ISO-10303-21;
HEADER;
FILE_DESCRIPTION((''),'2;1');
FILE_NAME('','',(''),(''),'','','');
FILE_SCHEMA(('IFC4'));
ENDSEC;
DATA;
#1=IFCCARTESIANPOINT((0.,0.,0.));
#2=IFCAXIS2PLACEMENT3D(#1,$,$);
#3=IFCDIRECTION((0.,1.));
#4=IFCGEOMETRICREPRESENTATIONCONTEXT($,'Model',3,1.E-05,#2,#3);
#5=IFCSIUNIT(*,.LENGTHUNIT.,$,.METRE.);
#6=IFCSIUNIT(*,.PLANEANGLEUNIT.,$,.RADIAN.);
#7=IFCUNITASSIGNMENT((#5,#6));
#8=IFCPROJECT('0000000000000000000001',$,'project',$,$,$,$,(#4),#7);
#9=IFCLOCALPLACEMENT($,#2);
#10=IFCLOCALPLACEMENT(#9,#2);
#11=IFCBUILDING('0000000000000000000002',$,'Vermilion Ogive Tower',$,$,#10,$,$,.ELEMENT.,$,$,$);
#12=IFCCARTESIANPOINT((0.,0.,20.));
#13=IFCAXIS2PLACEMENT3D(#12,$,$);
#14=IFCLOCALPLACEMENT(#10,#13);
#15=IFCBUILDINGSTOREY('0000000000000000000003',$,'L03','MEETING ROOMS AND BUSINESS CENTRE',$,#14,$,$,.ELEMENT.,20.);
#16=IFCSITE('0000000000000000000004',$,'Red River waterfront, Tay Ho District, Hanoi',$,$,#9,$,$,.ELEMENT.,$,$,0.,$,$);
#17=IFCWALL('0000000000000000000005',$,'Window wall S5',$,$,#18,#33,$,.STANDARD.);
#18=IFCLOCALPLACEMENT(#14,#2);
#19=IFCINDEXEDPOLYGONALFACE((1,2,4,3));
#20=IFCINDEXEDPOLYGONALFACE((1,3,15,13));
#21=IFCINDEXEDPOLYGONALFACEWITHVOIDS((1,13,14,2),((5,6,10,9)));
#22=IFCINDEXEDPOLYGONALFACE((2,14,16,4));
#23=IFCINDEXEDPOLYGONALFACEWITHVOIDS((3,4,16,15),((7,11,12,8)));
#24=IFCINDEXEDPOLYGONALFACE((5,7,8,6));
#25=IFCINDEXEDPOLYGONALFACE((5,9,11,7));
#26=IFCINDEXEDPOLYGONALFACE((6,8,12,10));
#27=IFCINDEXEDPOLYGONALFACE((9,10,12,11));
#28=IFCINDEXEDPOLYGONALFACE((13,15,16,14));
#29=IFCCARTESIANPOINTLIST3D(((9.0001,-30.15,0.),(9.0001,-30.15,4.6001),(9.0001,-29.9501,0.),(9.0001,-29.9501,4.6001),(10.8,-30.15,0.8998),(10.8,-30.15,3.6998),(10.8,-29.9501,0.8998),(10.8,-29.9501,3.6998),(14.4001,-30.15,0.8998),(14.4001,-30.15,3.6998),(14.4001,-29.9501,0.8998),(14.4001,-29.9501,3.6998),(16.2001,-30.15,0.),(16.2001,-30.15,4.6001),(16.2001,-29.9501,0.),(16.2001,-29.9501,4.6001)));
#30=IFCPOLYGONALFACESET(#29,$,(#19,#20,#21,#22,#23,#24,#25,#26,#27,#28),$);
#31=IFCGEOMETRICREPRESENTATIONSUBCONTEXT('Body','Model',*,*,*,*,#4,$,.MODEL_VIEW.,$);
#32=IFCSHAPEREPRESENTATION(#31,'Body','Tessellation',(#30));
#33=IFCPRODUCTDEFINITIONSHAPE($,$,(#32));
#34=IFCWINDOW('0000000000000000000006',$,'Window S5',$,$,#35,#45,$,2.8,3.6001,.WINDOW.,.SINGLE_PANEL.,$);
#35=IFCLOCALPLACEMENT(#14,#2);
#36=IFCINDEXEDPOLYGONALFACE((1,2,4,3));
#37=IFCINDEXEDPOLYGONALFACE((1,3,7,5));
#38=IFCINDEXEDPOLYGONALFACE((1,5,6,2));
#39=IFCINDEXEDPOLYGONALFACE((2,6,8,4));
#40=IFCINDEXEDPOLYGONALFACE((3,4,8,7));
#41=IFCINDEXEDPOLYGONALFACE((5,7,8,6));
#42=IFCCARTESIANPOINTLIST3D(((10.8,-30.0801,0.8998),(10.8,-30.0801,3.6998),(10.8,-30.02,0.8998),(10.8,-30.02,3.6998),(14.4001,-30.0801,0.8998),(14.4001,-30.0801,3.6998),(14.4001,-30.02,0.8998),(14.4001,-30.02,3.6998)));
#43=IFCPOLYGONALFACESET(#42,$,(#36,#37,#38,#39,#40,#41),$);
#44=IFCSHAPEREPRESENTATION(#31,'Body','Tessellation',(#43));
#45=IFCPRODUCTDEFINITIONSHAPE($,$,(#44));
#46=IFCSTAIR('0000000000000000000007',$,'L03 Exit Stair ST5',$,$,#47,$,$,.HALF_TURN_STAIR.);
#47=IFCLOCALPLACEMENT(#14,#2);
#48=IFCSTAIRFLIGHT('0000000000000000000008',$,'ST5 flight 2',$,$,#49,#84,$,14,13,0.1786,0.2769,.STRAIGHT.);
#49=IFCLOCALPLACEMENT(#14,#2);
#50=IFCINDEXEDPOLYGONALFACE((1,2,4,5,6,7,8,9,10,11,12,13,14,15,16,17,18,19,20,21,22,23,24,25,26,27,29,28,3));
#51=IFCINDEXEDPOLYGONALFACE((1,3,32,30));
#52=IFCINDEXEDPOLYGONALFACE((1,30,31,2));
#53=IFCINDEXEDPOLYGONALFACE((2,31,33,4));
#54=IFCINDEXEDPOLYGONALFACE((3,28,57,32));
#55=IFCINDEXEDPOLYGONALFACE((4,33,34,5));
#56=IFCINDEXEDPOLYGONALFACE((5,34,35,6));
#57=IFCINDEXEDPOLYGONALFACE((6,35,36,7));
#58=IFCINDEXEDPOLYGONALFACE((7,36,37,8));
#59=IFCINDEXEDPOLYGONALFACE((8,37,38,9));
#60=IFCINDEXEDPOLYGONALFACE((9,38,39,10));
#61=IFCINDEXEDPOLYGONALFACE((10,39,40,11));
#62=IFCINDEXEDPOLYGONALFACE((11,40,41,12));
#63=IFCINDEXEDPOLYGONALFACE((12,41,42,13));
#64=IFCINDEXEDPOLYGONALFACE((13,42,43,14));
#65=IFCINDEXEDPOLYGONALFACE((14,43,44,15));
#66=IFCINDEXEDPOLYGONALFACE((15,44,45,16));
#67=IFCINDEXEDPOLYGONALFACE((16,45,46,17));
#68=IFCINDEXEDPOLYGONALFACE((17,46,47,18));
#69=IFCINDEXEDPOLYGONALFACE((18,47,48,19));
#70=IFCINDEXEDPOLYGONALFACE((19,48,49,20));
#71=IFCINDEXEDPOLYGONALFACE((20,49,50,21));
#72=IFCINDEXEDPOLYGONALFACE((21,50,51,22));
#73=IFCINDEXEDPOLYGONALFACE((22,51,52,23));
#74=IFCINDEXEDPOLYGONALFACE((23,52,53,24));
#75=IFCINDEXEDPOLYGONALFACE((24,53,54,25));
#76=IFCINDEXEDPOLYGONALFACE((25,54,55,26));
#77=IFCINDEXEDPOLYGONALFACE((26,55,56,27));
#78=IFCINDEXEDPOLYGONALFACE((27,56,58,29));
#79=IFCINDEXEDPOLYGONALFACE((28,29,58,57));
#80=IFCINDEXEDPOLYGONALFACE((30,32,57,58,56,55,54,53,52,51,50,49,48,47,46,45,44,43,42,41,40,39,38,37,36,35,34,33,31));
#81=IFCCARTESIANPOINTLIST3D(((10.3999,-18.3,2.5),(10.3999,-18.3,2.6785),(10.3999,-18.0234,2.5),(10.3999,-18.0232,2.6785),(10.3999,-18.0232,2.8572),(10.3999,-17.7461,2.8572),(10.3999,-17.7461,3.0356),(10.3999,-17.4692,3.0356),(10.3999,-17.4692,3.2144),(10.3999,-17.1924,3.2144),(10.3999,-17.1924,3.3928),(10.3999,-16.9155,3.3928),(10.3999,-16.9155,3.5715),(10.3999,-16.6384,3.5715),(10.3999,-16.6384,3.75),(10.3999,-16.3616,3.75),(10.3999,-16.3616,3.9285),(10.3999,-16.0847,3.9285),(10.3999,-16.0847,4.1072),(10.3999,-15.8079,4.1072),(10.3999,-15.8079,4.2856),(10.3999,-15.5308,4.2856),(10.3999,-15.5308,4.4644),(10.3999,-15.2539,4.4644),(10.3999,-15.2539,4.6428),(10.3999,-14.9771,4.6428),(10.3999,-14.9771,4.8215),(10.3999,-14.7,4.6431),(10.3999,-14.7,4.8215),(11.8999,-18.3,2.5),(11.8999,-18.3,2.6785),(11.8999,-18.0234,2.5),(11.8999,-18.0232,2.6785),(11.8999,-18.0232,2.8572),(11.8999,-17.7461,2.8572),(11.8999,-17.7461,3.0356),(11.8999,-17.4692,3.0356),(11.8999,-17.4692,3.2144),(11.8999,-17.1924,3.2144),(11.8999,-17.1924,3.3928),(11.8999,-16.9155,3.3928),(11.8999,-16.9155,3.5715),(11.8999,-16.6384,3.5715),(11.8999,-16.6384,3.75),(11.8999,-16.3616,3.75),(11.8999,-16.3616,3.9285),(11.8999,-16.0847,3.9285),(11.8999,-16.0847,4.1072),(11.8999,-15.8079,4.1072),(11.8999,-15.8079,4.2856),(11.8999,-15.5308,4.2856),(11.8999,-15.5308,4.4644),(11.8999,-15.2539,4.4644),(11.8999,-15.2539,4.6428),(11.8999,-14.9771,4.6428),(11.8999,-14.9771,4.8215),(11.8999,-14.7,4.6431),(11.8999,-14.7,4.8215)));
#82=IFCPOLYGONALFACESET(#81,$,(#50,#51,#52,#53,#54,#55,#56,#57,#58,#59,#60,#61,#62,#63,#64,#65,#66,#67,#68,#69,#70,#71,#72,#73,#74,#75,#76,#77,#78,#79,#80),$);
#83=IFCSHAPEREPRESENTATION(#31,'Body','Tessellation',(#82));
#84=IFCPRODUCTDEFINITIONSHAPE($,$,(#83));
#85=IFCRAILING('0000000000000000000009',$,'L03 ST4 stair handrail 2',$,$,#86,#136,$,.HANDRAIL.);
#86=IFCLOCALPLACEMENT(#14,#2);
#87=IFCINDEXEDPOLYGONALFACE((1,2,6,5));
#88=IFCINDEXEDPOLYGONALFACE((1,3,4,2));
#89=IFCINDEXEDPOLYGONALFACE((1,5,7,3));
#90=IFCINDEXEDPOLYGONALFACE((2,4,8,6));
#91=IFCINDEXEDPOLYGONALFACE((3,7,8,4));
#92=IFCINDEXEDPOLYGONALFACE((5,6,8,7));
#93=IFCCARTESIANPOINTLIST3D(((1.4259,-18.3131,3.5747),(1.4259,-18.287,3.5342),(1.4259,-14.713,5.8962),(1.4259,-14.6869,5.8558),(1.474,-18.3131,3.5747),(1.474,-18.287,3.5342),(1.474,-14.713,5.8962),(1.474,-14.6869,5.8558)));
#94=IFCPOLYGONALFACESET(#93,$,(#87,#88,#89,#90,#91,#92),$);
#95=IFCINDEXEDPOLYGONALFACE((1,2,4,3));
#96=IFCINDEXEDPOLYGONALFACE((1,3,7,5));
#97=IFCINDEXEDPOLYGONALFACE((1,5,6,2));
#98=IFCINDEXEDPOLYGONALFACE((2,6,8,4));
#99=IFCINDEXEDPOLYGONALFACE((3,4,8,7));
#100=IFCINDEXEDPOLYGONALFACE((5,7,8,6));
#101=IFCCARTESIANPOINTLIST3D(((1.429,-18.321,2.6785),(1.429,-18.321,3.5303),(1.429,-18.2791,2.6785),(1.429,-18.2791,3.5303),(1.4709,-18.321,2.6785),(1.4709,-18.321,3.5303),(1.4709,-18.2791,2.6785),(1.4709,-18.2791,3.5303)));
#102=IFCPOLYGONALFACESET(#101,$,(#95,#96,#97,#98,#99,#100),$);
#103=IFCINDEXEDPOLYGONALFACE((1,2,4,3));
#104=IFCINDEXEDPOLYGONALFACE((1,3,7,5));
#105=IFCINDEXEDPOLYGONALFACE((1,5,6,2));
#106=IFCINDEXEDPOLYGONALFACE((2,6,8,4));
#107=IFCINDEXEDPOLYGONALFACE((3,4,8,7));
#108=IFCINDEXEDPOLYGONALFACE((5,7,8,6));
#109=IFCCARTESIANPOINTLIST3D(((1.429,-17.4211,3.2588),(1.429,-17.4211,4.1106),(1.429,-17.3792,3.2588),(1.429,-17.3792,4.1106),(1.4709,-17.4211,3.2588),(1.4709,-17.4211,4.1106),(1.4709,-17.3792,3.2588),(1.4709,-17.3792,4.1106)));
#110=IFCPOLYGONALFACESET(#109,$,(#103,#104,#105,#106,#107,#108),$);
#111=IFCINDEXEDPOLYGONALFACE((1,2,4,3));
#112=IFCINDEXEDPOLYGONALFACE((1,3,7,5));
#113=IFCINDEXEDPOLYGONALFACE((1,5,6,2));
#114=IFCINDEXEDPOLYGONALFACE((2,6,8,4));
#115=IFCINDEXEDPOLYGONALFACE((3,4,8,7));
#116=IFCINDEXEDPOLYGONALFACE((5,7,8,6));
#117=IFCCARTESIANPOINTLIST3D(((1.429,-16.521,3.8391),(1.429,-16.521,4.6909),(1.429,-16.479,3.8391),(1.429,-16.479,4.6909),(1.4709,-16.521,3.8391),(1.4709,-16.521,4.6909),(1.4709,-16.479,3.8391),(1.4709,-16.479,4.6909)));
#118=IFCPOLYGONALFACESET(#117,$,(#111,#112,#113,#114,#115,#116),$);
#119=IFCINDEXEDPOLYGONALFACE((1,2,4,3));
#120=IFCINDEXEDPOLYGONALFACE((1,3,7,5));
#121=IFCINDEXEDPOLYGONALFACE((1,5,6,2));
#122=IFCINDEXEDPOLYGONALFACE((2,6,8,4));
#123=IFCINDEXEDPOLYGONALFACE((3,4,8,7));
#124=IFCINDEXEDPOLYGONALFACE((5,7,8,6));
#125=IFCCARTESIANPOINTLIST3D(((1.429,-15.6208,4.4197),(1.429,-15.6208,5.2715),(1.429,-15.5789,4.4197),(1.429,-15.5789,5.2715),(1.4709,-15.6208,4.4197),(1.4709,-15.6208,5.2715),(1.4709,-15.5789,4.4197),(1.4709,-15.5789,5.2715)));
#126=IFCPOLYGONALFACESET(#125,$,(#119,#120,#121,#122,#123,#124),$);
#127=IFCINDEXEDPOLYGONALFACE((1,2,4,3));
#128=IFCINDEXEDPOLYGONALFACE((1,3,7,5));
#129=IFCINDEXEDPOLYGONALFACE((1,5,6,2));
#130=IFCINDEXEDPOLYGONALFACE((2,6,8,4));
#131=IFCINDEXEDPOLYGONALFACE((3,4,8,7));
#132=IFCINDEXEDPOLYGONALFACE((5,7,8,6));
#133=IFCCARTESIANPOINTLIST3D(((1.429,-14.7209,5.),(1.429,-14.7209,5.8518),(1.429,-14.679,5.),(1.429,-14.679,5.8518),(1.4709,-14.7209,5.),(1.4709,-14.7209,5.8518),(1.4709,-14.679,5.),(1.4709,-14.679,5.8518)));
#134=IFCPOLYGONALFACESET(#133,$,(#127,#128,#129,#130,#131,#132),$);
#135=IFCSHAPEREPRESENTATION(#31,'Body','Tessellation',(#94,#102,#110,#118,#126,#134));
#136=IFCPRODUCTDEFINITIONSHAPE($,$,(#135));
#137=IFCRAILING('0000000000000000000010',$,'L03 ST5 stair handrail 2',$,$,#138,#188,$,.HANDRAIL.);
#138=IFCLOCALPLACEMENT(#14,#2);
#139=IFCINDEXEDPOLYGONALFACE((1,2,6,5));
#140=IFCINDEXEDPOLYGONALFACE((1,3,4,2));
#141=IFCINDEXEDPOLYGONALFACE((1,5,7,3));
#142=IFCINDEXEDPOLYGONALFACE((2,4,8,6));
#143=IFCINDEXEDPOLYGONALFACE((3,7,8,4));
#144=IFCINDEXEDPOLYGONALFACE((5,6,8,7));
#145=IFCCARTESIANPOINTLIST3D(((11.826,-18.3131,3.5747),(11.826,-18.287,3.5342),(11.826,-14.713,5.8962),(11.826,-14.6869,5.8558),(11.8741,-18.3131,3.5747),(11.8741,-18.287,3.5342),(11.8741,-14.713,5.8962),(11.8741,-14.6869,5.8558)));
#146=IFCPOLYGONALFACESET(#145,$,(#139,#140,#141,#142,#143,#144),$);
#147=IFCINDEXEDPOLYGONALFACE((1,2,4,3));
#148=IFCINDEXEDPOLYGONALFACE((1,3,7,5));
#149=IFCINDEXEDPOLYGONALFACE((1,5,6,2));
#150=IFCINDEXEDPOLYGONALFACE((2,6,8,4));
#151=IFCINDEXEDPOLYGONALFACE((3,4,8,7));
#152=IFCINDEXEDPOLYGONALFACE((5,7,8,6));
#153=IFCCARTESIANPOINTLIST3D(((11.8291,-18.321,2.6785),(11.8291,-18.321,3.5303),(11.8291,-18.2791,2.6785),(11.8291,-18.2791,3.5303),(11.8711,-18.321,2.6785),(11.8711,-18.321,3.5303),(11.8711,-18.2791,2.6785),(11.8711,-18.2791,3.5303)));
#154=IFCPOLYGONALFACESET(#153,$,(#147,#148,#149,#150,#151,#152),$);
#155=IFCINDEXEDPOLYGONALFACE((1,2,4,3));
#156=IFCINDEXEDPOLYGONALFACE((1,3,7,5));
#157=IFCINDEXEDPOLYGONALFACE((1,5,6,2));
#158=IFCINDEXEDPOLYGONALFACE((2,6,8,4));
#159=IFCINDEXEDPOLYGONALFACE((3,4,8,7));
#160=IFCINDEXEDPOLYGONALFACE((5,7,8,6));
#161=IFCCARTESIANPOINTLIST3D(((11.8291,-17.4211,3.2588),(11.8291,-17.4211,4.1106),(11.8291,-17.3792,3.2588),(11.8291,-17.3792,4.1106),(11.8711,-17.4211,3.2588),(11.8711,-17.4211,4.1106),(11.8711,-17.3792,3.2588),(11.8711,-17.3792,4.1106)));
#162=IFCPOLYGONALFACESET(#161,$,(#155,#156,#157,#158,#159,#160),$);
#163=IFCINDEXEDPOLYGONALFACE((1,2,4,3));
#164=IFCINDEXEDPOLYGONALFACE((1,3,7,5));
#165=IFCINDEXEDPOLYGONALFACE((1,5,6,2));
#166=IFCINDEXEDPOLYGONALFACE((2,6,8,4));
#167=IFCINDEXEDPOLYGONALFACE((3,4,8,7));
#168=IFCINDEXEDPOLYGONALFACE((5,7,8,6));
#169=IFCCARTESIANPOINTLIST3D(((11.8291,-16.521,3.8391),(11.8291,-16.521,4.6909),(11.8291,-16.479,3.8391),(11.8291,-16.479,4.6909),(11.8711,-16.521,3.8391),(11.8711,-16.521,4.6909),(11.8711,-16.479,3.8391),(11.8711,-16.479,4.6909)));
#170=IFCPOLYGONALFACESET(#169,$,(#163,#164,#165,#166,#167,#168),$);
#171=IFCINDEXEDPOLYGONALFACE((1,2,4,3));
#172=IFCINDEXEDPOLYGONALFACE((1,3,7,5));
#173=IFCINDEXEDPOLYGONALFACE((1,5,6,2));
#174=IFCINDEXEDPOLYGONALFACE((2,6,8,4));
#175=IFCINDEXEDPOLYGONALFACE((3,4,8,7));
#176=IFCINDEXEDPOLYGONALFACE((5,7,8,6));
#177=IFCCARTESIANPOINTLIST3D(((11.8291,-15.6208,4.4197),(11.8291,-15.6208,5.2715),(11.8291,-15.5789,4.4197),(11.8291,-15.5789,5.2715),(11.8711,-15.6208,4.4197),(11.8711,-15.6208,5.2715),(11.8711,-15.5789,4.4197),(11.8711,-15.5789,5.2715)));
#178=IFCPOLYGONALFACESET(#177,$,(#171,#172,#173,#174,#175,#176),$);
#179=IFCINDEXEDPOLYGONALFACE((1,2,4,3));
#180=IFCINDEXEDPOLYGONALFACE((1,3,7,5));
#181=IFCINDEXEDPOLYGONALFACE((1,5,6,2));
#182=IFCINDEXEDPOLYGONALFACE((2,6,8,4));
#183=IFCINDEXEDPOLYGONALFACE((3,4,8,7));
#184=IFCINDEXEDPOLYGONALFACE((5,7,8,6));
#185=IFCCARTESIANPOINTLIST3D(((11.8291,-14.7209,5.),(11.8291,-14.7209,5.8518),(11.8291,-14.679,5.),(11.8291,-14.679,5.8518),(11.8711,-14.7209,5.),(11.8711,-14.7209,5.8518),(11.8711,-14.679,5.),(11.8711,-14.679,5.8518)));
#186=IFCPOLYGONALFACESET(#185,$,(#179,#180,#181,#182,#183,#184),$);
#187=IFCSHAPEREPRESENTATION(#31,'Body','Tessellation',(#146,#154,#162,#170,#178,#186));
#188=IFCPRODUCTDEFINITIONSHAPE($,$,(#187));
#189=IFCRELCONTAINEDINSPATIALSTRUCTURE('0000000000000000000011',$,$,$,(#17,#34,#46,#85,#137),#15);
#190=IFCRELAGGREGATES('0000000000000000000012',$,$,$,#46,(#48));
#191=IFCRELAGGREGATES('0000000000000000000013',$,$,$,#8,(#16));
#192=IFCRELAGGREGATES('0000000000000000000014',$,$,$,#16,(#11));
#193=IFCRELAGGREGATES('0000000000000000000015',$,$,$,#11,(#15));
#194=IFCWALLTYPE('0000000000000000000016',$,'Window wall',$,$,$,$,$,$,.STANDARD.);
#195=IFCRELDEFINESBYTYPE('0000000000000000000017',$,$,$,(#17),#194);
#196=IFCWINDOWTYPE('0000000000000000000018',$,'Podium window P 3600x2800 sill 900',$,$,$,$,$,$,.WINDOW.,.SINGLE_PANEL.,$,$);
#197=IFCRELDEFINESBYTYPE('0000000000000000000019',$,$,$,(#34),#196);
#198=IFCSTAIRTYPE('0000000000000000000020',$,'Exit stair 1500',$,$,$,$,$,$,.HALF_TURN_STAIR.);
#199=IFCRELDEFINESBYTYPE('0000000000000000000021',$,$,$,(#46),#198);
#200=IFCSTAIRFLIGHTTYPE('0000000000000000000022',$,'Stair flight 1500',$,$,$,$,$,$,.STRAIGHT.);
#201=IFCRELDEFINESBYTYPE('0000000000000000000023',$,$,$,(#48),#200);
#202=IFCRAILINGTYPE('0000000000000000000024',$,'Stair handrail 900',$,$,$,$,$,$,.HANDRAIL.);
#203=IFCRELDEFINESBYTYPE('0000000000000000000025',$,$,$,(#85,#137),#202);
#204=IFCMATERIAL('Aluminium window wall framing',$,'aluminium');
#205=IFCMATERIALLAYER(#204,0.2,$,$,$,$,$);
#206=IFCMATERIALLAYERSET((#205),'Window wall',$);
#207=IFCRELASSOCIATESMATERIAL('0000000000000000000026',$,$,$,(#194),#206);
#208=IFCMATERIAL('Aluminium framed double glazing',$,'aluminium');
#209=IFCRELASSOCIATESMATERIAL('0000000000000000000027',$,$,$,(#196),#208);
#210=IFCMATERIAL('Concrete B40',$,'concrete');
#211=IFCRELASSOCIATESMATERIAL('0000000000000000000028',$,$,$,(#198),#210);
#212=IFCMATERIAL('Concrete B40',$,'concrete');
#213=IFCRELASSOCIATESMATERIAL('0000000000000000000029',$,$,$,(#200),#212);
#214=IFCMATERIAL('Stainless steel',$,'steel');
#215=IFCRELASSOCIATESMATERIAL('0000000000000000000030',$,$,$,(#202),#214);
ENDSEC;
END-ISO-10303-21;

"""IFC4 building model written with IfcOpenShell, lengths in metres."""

from ifc_helpers import new_model, si_unit, direction, frame, frame_2d, origin, origin_2d, place, context, subcontext, project, spatial, polyline, rectangle, outline, extrude, material, layer, layer_set, type_object, element, fill, aggregate, save


model = new_model("IFC4")

# Units and contexts
model_context = context("Model", 3, precision=1e-05, world=origin(), true_north=direction((0.0, 1.0)))
body_context = subcontext(model_context, "Body", "Model", "MODEL_VIEW")
ifc_project = project(units=[si_unit("LENGTHUNIT", "METRE"), si_unit("PLANEANGLEUNIT", "RADIAN")], contexts=[model_context])

# Site, building, storey
site_placement = place(None, origin())
site = spatial("IfcSite", under=ifc_project, at=site_placement, Name="Red River waterfront, Tay Ho District, Hanoi", CompositionType="ELEMENT", RefElevation=0.0)
building_placement = place(site_placement, origin())
building = spatial("IfcBuilding", under=site, at=building_placement, Name="Vermilion Ogive Tower", CompositionType="ELEMENT")
storey_placement = place(building_placement, frame((0.0, 0.0, 20.0)))
storey = spatial("IfcBuildingStorey", under=building, at=storey_placement, Name="L03", Description="MEETING ROOMS AND BUSINESS CENTRE", CompositionType="ELEMENT", Elevation=20.0)

# Wall, opening, window
ifc_material_1 = material(Name="Aluminium window wall framing", Category="aluminium")
ifc_layer_1 = layer(ifc_material_1, 0.2)
ifc_layer_set_1 = layer_set([ifc_layer_1], Name="Window wall")
wall_type_1 = type_object("IfcWallType", Name="Window wall", PredefinedType="STANDARD", material=ifc_layer_set_1)
wall_1_placement = place(storey_placement, frame((9.0, -30.05, 0.0), z_axis=(0.0, 0.0, 1.0), x_axis=(1.0, 0.0, 0.0)))
wall_1 = element("IfcWall", 1, at=wall_1_placement, inside=storey, type_object=wall_type_1, Name="Window wall S5", PredefinedType="STANDARD", context=body_context, shape_type="SweptSolid", body=[
    extrude(rectangle(XDim=7.2, YDim=0.2, at=frame_2d((3.6001, 0.0))), origin(), (0.0, 0.0, 1.0), 4.6001),
])
opening_1_placement = place(wall_1_placement, frame((1.8, 0.0, 0.8999)))
opening_1 = element("IfcOpeningElement", 2, at=opening_1_placement, cuts=wall_1, PredefinedType="OPENING", context=body_context, shape_type="SweptSolid", body=[
    extrude(rectangle(XDim=3.6001, YDim=2.8, at=frame_2d((1.8, 1.3999))), frame((0.0, 0.1099, 0.0), z_axis=(0.0, -1.0, 0.0), x_axis=(1.0, 0.0, 0.0)), (0.0, 0.0, 1.0), 0.22),
])
ifc_material_2 = material(Name="Aluminium framed double glazing", Category="aluminium")
window_type = type_object("IfcWindowType", Name="Podium window P 3600x2800 sill 900", PartitioningType="SINGLE_PANEL", PredefinedType="WINDOW", material=ifc_material_2)
window_placement = place(opening_1_placement, origin())
window = element("IfcWindow", 3, at=window_placement, inside=storey, type_object=window_type, Name="Window S5", OverallHeight=2.8, OverallWidth=3.6001, PartitioningType="SINGLE_PANEL", PredefinedType="WINDOW", context=body_context, shape_type="SweptSolid", body=[
    extrude(rectangle(XDim=3.6001, YDim=2.8, at=frame_2d((1.8, 1.3999))), frame((0.0, 0.03, 0.0), z_axis=(0.0, -1.0, 0.0), x_axis=(1.0, 0.0, 0.0)), (0.0, 0.0, 1.0), 0.0601),
])
fill(opening_1, window)

# Stair, stair flight
ifc_material_3 = material(Name="Concrete B40", Category="concrete")
stair_type = type_object("IfcStairType", Name="Exit stair 1500", PredefinedType="HALF_TURN_STAIR", material=ifc_material_3)
stair_placement = place(storey_placement, origin())
stair = element("IfcStair", 4, at=stair_placement, inside=storey, type_object=stair_type, Name="L03 Exit Stair ST5", PredefinedType="HALF_TURN_STAIR")
ifc_material_4 = material(Name="Concrete B40", Category="concrete")
stair_flight_type = type_object("IfcStairFlightType", Name="Stair flight 1500", PredefinedType="STRAIGHT", material=ifc_material_4)
stair_flight_placement = place(storey_placement, frame((11.1499, -18.3, 2.5), z_axis=(0.0, 0.0, 1.0), x_axis=(0.0, 1.0, 0.0)))
stair_flight = element("IfcStairFlight", 5, at=stair_flight_placement, type_object=stair_flight_type, Name="ST5 flight 2", NumberOfRisers=14, NumberOfTreads=13, PredefinedType="STRAIGHT", RiserHeight=0.1786, TreadLength=0.2769, context=body_context, shape_type="SweptSolid", body=[
    extrude(outline(polyline([(0.0, 0.0), (0.0, 0.1785), (0.2769, 0.1785), (0.2769, 0.3572), (0.554, 0.3572), (0.554, 0.5356), (0.8308, 0.5356), (0.8308, 0.7144), (1.1077, 0.7144), (1.1077, 0.8928), (1.3845, 0.8928), (1.3845, 1.0715), (1.6616, 1.0715), (1.6616, 1.25), (1.9385, 1.25), (1.9385, 1.4285), (2.2153, 1.4285), (2.2153, 1.6072), (2.4922, 1.6072), (2.4922, 1.7856), (2.7693, 1.7856), (2.7693, 1.9644), (3.0461, 1.9644), (3.0461, 2.1428), (3.323, 2.1428), (3.323, 2.3215), (3.6001, 2.3215), (3.6001, 2.5), (3.6001, 2.1431), (0.2766, 0.0), (0.0, 0.0)])), frame((0.0, 0.75, 0.0), z_axis=(0.0, -1.0, 0.0), x_axis=(1.0, 0.0, 0.0)), (0.0, 0.0, 1.0), 1.5),
])
aggregate(stair, [stair_flight])

# Railings
ifc_material_5 = material(Name="Stainless steel", Category="steel")
railing_type = type_object("IfcRailingType", Name="Stair handrail 900", PredefinedType="HANDRAIL", material=ifc_material_5)
for number, where, name in (
    (6, (1.45, -18.3, 2.6785), "L03 ST4 stair handrail 2"),
    (7, (11.8501, -18.3, 2.6785), "L03 ST5 stair handrail 2"),
):
    element("IfcRailing", number, at=place(storey_placement, frame(where)), inside=storey, type_object=railing_type, Name=name, PredefinedType="HANDRAIL", context=body_context, shape_type="SweptSolid", body=[
        extrude(rectangle(XDim=0.0481, YDim=0.0481, at=origin_2d()), frame((0.0, 0.0, 0.876), z_axis=(0.0, 0.840415, 0.541944), x_axis=(-1.0, 0.0, 0.0)), (0.0, 0.0, 1.0), 4.2837),
        extrude(rectangle(XDim=0.042, YDim=0.042, at=origin_2d()), origin(), (0.0, 0.0, 1.0), 0.8518),
        extrude(rectangle(XDim=0.042, YDim=0.042, at=origin_2d()), frame((0.0, 0.8999, 0.5803)), (0.0, 0.0, 1.0), 0.8518),
        extrude(rectangle(XDim=0.042, YDim=0.042, at=origin_2d()), frame((0.0, 1.8, 1.1606)), (0.0, 0.0, 1.0), 0.8518),
        extrude(rectangle(XDim=0.042, YDim=0.042, at=origin_2d()), frame((0.0, 2.7002, 1.7412)), (0.0, 0.0, 1.0), 0.8518),
        extrude(rectangle(XDim=0.042, YDim=0.042, at=origin_2d()), frame((0.0, 3.6001, 2.3215)), (0.0, 0.0, 1.0), 0.8518),
    ])

save(model, "model.ifc")
